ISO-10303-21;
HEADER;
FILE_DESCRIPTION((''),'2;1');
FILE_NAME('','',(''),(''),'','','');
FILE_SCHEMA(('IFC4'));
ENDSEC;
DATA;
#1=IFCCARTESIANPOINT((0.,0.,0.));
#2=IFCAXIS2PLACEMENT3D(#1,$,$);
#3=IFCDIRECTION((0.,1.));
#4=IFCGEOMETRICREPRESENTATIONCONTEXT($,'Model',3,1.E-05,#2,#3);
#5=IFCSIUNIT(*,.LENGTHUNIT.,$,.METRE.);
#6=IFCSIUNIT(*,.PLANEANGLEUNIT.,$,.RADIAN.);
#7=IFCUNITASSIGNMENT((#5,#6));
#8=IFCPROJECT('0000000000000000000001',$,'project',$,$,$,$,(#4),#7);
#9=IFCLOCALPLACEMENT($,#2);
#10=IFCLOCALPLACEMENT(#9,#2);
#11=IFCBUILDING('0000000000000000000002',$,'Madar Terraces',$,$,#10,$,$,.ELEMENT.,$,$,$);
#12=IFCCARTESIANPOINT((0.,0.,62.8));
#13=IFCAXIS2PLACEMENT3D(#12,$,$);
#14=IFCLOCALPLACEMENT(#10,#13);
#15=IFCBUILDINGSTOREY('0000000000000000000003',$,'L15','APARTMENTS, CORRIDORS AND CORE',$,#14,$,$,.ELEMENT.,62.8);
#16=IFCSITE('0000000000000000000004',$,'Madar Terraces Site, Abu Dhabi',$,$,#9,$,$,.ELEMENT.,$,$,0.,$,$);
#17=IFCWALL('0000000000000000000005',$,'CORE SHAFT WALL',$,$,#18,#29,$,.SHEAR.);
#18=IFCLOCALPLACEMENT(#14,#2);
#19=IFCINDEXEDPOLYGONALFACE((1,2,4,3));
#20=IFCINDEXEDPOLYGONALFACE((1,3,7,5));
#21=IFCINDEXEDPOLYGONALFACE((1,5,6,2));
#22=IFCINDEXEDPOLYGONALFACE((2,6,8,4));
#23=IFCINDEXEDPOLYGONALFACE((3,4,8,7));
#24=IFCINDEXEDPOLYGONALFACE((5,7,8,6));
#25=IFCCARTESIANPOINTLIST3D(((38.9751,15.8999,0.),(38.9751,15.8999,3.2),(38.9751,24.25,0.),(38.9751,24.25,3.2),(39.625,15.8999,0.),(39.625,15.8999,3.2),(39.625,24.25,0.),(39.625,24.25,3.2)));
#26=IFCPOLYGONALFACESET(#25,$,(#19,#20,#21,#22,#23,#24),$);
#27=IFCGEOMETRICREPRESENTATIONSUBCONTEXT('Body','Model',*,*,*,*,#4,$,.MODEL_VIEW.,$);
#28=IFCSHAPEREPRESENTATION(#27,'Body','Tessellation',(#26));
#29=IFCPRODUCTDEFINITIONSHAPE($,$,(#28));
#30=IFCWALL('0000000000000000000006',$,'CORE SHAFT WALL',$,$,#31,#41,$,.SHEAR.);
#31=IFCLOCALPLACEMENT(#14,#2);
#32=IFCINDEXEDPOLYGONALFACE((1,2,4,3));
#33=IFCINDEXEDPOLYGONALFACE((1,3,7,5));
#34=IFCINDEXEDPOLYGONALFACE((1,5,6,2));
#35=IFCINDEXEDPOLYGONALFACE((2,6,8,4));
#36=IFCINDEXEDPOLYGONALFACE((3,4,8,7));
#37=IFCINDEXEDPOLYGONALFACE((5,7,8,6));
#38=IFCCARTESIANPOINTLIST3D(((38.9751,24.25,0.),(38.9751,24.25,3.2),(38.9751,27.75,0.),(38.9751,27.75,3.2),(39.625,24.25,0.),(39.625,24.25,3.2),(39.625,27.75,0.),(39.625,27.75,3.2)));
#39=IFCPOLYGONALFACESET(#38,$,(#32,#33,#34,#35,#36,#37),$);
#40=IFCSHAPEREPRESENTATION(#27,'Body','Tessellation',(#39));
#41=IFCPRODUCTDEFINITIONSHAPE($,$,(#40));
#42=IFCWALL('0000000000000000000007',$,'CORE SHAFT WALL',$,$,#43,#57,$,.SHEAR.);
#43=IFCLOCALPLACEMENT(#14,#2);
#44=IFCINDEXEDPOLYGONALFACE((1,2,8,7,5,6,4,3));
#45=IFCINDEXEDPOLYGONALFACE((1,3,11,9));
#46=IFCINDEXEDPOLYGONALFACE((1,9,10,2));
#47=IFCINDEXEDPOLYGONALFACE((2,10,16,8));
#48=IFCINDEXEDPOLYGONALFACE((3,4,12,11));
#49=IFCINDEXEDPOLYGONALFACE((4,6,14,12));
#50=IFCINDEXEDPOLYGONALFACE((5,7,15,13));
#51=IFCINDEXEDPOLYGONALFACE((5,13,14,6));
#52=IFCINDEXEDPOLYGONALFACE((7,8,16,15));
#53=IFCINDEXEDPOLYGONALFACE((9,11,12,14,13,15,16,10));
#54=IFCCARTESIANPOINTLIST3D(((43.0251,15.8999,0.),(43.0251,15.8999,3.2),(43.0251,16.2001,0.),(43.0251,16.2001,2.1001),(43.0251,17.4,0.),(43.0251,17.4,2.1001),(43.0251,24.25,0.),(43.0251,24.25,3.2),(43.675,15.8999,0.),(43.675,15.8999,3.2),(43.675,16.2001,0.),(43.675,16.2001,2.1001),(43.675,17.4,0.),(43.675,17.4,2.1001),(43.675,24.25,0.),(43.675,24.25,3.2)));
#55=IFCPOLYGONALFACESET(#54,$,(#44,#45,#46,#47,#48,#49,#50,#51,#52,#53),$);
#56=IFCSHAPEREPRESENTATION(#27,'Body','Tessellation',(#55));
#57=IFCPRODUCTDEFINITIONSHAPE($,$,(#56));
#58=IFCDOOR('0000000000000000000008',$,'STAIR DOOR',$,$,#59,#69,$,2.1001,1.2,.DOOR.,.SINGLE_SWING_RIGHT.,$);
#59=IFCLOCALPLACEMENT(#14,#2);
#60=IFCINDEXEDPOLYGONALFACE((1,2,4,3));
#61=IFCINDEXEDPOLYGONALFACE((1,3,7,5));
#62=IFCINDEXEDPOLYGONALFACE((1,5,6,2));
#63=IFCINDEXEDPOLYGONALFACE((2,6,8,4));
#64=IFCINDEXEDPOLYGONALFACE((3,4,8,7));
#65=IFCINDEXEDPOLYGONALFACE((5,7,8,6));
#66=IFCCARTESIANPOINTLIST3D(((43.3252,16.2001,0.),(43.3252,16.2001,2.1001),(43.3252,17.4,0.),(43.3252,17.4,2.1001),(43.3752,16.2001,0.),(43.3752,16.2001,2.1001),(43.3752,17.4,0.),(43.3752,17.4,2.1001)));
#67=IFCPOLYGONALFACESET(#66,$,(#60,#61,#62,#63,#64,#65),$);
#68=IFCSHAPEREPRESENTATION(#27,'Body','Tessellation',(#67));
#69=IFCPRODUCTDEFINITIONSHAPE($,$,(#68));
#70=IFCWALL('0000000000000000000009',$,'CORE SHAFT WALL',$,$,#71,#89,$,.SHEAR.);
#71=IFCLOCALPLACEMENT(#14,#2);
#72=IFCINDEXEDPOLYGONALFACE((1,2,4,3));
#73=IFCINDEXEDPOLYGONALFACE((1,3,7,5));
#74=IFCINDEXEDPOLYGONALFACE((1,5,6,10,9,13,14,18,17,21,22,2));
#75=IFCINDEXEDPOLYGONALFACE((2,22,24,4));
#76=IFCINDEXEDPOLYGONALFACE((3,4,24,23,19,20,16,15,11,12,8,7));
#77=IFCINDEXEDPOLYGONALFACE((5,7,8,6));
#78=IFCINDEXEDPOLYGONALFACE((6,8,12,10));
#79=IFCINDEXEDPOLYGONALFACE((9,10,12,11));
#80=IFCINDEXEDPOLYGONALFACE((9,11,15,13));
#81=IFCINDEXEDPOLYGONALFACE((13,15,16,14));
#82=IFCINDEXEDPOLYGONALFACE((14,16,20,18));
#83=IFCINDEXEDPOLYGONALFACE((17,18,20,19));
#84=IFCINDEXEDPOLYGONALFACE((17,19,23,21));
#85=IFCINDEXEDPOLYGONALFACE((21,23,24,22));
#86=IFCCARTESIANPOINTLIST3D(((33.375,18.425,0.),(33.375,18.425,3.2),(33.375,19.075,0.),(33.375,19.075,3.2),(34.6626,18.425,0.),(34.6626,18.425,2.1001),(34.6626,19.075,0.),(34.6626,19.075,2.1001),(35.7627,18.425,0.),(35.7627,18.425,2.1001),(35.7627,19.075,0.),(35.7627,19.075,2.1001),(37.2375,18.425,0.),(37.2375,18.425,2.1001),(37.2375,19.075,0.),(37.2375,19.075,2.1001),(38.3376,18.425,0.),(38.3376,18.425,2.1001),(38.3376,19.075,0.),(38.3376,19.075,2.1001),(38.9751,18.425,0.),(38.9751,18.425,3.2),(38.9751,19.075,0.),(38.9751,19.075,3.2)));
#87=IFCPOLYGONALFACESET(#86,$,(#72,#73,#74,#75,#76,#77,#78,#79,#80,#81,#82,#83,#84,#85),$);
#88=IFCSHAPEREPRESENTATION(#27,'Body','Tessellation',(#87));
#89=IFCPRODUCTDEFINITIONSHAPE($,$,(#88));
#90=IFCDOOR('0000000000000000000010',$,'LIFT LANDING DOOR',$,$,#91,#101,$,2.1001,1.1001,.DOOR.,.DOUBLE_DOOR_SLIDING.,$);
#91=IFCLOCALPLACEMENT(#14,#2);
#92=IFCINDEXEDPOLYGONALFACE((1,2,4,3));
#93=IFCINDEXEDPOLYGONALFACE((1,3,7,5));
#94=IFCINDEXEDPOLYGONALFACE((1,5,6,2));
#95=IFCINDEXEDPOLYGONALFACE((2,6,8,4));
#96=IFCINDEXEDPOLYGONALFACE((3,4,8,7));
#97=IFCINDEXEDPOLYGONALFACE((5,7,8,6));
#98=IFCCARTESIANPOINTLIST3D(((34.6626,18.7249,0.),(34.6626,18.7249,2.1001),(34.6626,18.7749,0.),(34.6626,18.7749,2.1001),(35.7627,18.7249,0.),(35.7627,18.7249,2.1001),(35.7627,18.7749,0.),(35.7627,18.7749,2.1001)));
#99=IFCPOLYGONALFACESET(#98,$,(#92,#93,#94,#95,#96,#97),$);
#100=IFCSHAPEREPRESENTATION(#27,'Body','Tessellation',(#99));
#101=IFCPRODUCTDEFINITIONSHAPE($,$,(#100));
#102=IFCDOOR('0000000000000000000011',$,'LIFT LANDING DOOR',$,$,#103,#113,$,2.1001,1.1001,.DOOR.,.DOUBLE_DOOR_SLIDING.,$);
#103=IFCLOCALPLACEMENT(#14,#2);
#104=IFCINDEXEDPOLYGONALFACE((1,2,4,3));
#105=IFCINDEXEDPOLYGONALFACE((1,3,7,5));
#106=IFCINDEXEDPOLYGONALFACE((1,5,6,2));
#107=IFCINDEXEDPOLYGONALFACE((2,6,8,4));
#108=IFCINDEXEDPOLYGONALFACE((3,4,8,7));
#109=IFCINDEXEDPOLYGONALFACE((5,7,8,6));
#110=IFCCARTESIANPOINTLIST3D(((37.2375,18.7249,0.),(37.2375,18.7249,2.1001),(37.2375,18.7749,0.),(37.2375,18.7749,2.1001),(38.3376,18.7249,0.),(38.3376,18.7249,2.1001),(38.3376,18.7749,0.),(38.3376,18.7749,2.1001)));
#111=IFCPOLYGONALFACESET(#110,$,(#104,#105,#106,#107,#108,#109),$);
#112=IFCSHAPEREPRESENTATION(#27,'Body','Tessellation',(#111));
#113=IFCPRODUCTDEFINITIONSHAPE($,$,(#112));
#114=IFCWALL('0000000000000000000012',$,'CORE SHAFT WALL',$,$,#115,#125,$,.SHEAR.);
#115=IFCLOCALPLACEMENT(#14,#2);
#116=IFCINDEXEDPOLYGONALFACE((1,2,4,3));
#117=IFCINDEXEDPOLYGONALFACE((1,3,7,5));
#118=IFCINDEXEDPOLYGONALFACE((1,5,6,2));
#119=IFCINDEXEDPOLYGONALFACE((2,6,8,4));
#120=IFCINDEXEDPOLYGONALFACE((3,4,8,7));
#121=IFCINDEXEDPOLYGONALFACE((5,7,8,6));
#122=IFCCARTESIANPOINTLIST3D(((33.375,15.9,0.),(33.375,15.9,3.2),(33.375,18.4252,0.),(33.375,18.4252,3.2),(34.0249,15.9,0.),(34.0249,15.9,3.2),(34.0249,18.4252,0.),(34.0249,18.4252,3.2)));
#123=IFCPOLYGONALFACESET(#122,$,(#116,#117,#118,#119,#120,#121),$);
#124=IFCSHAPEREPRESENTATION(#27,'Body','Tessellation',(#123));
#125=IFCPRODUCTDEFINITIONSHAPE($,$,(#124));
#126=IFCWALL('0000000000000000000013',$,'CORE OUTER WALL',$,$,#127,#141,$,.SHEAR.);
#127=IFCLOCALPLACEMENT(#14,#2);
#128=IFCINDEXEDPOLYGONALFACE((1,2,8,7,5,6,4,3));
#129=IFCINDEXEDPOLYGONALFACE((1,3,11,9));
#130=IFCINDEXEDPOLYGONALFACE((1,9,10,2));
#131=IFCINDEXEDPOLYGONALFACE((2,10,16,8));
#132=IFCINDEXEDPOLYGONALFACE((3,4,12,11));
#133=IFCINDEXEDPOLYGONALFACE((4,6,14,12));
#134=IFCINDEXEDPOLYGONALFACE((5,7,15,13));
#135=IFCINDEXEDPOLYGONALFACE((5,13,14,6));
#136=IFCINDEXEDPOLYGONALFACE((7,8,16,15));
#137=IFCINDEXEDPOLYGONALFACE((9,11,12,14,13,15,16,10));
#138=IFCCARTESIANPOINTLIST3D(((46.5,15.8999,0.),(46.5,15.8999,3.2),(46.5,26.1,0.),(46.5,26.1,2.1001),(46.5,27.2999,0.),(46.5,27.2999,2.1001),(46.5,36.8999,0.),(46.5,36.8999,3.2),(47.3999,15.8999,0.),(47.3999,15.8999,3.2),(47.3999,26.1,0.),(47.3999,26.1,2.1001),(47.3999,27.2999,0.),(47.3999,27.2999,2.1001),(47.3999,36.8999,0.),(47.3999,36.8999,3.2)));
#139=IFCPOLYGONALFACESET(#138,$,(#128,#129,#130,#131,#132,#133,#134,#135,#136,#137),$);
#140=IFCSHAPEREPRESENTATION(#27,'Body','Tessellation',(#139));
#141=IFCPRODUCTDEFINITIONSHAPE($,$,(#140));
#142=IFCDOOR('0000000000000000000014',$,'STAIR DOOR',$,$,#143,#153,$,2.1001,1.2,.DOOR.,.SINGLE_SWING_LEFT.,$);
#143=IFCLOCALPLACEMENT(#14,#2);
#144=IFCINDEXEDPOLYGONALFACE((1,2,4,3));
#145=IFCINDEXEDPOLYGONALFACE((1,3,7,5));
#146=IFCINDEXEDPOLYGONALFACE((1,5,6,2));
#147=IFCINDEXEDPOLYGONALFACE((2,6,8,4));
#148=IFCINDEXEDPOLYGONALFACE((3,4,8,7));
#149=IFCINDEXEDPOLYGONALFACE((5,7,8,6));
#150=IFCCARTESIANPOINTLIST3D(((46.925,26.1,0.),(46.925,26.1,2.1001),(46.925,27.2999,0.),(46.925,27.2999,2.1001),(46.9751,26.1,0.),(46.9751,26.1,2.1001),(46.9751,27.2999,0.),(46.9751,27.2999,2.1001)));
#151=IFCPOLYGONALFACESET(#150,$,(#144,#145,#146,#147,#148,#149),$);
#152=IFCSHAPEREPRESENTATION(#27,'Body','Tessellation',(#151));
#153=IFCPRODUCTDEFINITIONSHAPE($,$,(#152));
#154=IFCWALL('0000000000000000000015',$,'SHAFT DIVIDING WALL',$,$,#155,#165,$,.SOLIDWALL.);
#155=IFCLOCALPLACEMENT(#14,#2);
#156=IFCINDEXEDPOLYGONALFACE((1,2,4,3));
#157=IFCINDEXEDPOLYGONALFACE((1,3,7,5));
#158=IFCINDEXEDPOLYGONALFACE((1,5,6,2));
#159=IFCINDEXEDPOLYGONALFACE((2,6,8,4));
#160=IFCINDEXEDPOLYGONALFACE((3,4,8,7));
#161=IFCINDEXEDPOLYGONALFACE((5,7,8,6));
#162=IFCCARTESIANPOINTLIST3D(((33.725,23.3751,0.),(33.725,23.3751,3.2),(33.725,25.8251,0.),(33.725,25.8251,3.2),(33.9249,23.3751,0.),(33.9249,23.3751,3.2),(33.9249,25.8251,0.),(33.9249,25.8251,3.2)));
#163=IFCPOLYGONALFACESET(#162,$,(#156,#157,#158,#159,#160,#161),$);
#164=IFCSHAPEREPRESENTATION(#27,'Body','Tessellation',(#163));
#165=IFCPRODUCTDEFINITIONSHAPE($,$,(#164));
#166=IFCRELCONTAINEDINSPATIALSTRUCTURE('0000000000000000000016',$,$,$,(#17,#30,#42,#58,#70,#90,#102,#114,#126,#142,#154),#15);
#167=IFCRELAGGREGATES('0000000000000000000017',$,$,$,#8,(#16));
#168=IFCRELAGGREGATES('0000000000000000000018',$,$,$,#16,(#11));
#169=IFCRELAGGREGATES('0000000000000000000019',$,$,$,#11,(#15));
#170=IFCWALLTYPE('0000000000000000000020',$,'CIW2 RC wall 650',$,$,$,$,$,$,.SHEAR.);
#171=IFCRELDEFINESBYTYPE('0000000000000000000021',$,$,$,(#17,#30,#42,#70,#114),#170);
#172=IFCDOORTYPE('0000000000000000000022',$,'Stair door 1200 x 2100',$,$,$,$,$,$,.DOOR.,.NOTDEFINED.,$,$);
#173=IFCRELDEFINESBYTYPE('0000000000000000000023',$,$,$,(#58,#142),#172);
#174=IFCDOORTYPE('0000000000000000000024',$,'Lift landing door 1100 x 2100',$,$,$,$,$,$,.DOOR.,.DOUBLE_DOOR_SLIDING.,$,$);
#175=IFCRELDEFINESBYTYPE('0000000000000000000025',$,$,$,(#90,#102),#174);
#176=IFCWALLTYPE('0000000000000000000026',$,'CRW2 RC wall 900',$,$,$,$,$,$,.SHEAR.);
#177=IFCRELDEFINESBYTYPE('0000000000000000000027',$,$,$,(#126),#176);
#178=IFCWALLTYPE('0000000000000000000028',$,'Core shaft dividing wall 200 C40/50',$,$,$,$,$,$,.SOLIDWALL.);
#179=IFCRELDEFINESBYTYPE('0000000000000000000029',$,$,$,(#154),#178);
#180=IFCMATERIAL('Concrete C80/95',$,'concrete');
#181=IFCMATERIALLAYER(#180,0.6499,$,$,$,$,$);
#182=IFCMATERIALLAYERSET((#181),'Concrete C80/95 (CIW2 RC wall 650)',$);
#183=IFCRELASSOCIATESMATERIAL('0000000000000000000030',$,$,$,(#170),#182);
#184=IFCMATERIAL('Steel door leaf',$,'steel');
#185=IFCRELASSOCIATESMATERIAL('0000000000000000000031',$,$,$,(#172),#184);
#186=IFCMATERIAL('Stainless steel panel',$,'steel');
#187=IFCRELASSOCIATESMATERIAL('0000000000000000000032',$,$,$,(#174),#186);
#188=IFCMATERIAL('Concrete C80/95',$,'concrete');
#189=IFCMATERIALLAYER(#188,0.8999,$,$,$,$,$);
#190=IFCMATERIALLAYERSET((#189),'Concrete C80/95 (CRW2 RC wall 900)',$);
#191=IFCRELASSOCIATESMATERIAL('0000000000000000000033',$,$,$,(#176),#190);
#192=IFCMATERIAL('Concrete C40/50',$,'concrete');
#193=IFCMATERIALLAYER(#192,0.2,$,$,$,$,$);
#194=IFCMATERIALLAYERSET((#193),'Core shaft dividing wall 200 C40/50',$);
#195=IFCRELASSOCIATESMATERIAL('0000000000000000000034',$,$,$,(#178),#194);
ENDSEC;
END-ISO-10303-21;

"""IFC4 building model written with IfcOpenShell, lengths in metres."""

from ifc_helpers import new_model, si_unit, direction, frame, frame_2d, origin, place, context, subcontext, project, spatial, rectangle, extrude, material, layer, layer_set, type_object, element, fill, save


model = new_model("IFC4")

# Units and contexts
model_context = context("Model", 3, precision=1e-05, world=origin(), true_north=direction((0.0, 1.0)))
body_context = subcontext(model_context, "Body", "Model", "MODEL_VIEW")
ifc_project = project(units=[si_unit("LENGTHUNIT", "METRE"), si_unit("PLANEANGLEUNIT", "RADIAN")], contexts=[model_context])

# Site, building, storey
site_placement = place(None, origin())
site = spatial("IfcSite", under=ifc_project, at=site_placement, Name="Madar Terraces Site, Abu Dhabi", CompositionType="ELEMENT", RefElevation=0.0)
building_placement = place(site_placement, origin())
building = spatial("IfcBuilding", under=site, at=building_placement, Name="Madar Terraces", CompositionType="ELEMENT")
storey_placement = place(building_placement, frame((0.0, 0.0, 62.8)))
storey = spatial("IfcBuildingStorey", under=building, at=storey_placement, Name="L15", Description="APARTMENTS, CORRIDORS AND CORE", CompositionType="ELEMENT", Elevation=62.8)

# Walls
ifc_material_1 = material(Name="Concrete C80/95", Category="concrete")
ifc_layer_1 = layer(ifc_material_1, 0.6499)
ifc_layer_set_1 = layer_set([ifc_layer_1], Name="Concrete C80/95 (CIW2 RC wall 650)")
wall_type_1 = type_object("IfcWallType", Name="CIW2 RC wall 650", PredefinedType="SHEAR", material=ifc_layer_set_1)
wall_1_placement = place(storey_placement, frame((39.3, 15.8999, 0.0), z_axis=(0.0, 0.0, 1.0), x_axis=(0.0, 1.0, 0.0)))
element("IfcWall", 1, at=wall_1_placement, inside=storey, type_object=wall_type_1, Name="CORE SHAFT WALL", PredefinedType="SHEAR", context=body_context, shape_type="SweptSolid", body=[
    extrude(rectangle(XDim=8.3501, YDim=0.6499, at=frame_2d((4.175, 0.0))), origin(), (0.0, 0.0, 1.0), 3.2),
])
wall_2_placement = place(storey_placement, frame((39.3, 24.25, 0.0), z_axis=(0.0, 0.0, 1.0), x_axis=(0.0, 1.0, 0.0)))
element("IfcWall", 2, at=wall_2_placement, inside=storey, type_object=wall_type_1, Name="CORE SHAFT WALL", PredefinedType="SHEAR", context=body_context, shape_type="SweptSolid", body=[
    extrude(rectangle(XDim=3.5, YDim=0.6499, at=frame_2d((1.75, 0.0))), origin(), (0.0, 0.0, 1.0), 3.2),
])

# Wall, opening, door
wall_3_placement = place(storey_placement, frame((43.3501, 15.8999, 0.0), z_axis=(0.0, 0.0, 1.0), x_axis=(0.0, 1.0, 0.0)))
wall_3 = element("IfcWall", 3, at=wall_3_placement, inside=storey, type_object=wall_type_1, Name="CORE SHAFT WALL", PredefinedType="SHEAR", context=body_context, shape_type="SweptSolid", body=[
    extrude(rectangle(XDim=8.3501, YDim=0.6499, at=frame_2d((4.175, 0.0))), origin(), (0.0, 0.0, 1.0), 3.2),
])
opening_1_placement = place(wall_3_placement, frame((0.3, 0.0, 0.0)))
opening_1 = element("IfcOpeningElement", 4, at=opening_1_placement, cuts=wall_3, PredefinedType="OPENING", context=body_context, shape_type="SweptSolid", body=[
    extrude(rectangle(XDim=1.2, YDim=2.1001, at=frame_2d((0.6001, 1.05))), frame((0.0, 0.335, 0.0), z_axis=(0.0, -1.0, 0.0), x_axis=(1.0, 0.0, 0.0)), (0.0, 0.0, 1.0), 0.6699),
])
ifc_material_2 = material(Name="Steel door leaf", Category="steel")
door_type_1 = type_object("IfcDoorType", Name="Stair door 1200 x 2100", OperationType="NOTDEFINED", PredefinedType="DOOR", material=ifc_material_2)
door_1_placement = place(opening_1_placement, origin())
door_1 = element("IfcDoor", 5, at=door_1_placement, inside=storey, type_object=door_type_1, Name="STAIR DOOR", OperationType="SINGLE_SWING_RIGHT", OverallHeight=2.1001, OverallWidth=1.2, PredefinedType="DOOR", context=body_context, shape_type="SweptSolid", body=[
    extrude(rectangle(XDim=1.2, YDim=2.1001, at=frame_2d((0.6001, 1.05))), frame((0.0, 0.0249, 0.0), z_axis=(0.0, -1.0, 0.0), x_axis=(1.0, 0.0, 0.0)), (0.0, 0.0, 1.0), 0.05),
])
fill(opening_1, door_1)

# Wall, openings, doors
wall_4_placement = place(storey_placement, frame((33.375, 18.75, 0.0), z_axis=(0.0, 0.0, 1.0), x_axis=(1.0, 0.0, 0.0)))
wall_4 = element("IfcWall", 6, at=wall_4_placement, inside=storey, type_object=wall_type_1, Name="CORE SHAFT WALL", PredefinedType="SHEAR", context=body_context, shape_type="SweptSolid", body=[
    extrude(rectangle(XDim=5.6001, YDim=0.6499, at=frame_2d((2.8, 0.0))), origin(), (0.0, 0.0, 1.0), 3.2),
])
opening_2_placement = place(wall_4_placement, frame((1.2876, 0.0, 0.0)))
opening_2 = element("IfcOpeningElement", 7, at=opening_2_placement, cuts=wall_4, PredefinedType="OPENING", context=body_context, shape_type="SweptSolid", body=[
    extrude(rectangle(XDim=1.1001, YDim=2.1001, at=frame_2d((0.55, 1.05))), frame((0.0, 0.335, 0.0), z_axis=(0.0, -1.0, 0.0), x_axis=(1.0, 0.0, 0.0)), (0.0, 0.0, 1.0), 0.6699),
])
opening_3_placement = place(wall_4_placement, frame((3.8625, 0.0, 0.0)))
opening_3 = element("IfcOpeningElement", 8, at=opening_3_placement, cuts=wall_4, PredefinedType="OPENING", context=body_context, shape_type="SweptSolid", body=[
    extrude(rectangle(XDim=1.1001, YDim=2.1001, at=frame_2d((0.55, 1.05))), frame((0.0, 0.335, 0.0), z_axis=(0.0, -1.0, 0.0), x_axis=(1.0, 0.0, 0.0)), (0.0, 0.0, 1.0), 0.6699),
])
ifc_material_3 = material(Name="Stainless steel panel", Category="steel")
door_type_2 = type_object("IfcDoorType", Name="Lift landing door 1100 x 2100", OperationType="DOUBLE_DOOR_SLIDING", PredefinedType="DOOR", material=ifc_material_3)
door_2_placement = place(opening_2_placement, origin())
door_2 = element("IfcDoor", 9, at=door_2_placement, inside=storey, type_object=door_type_2, Name="LIFT LANDING DOOR", OperationType="DOUBLE_DOOR_SLIDING", OverallHeight=2.1001, OverallWidth=1.1001, PredefinedType="DOOR", context=body_context, shape_type="SweptSolid", body=[
    extrude(rectangle(XDim=1.1001, YDim=2.1001, at=frame_2d((0.55, 1.05))), frame((0.0, 0.0249, 0.0), z_axis=(0.0, -1.0, 0.0), x_axis=(1.0, 0.0, 0.0)), (0.0, 0.0, 1.0), 0.05),
])
fill(opening_2, door_2)
door_3_placement = place(opening_3_placement, origin())
door_3 = element("IfcDoor", 10, at=door_3_placement, inside=storey, type_object=door_type_2, Name="LIFT LANDING DOOR", OperationType="DOUBLE_DOOR_SLIDING", OverallHeight=2.1001, OverallWidth=1.1001, PredefinedType="DOOR", context=body_context, shape_type="SweptSolid", body=[
    extrude(rectangle(XDim=1.1001, YDim=2.1001, at=frame_2d((0.55, 1.05))), frame((0.0, 0.0249, 0.0), z_axis=(0.0, -1.0, 0.0), x_axis=(1.0, 0.0, 0.0)), (0.0, 0.0, 1.0), 0.05),
])
fill(opening_3, door_3)

# Wall
wall_5_placement = place(storey_placement, frame((33.7, 15.8999, 0.0), z_axis=(0.0, 0.0, 1.0), x_axis=(0.0, 1.0, 0.0)))
element("IfcWall", 11, at=wall_5_placement, inside=storey, type_object=wall_type_1, Name="CORE SHAFT WALL", PredefinedType="SHEAR", context=body_context, shape_type="SweptSolid", body=[
    extrude(rectangle(XDim=2.5251, YDim=0.6499, at=frame_2d((1.2627, 0.0))), origin(), (0.0, 0.0, 1.0), 3.2),
])

# Wall, opening, door
ifc_material_4 = material(Name="Concrete C80/95", Category="concrete")
ifc_layer_2 = layer(ifc_material_4, 0.8999)
ifc_layer_set_2 = layer_set([ifc_layer_2], Name="Concrete C80/95 (CRW2 RC wall 900)")
wall_type_2 = type_object("IfcWallType", Name="CRW2 RC wall 900", PredefinedType="SHEAR", material=ifc_layer_set_2)
wall_6_placement = place(storey_placement, frame((46.95, 15.8999, 0.0), z_axis=(0.0, 0.0, 1.0), x_axis=(0.0, 1.0, 0.0)))
wall_6 = element("IfcWall", 12, at=wall_6_placement, inside=storey, type_object=wall_type_2, Name="CORE OUTER WALL", PredefinedType="SHEAR", context=body_context, shape_type="SweptSolid", body=[
    extrude(rectangle(XDim=21.0, YDim=0.8999, at=frame_2d((10.5, 0.0))), origin(), (0.0, 0.0, 1.0), 3.2),
])
opening_4_placement = place(wall_6_placement, frame((10.2, 0.0, 0.0)))
opening_4 = element("IfcOpeningElement", 13, at=opening_4_placement, cuts=wall_6, PredefinedType="OPENING", context=body_context, shape_type="SweptSolid", body=[
    extrude(rectangle(XDim=1.2, YDim=2.1001, at=frame_2d((0.6001, 1.05))), frame((0.0, 0.46, 0.0), z_axis=(0.0, -1.0, 0.0), x_axis=(1.0, 0.0, 0.0)), (0.0, 0.0, 1.0), 0.9199),
])
door_4_placement = place(opening_4_placement, origin())
door_4 = element("IfcDoor", 14, at=door_4_placement, inside=storey, type_object=door_type_1, Name="STAIR DOOR", OperationType="SINGLE_SWING_LEFT", OverallHeight=2.1001, OverallWidth=1.2, PredefinedType="DOOR", context=body_context, shape_type="SweptSolid", body=[
    extrude(rectangle(XDim=1.2, YDim=2.1001, at=frame_2d((0.6001, 1.05))), frame((0.0, 0.0249, 0.0), z_axis=(0.0, -1.0, 0.0), x_axis=(1.0, 0.0, 0.0)), (0.0, 0.0, 1.0), 0.05),
])
fill(opening_4, door_4)

# Wall
ifc_material_5 = material(Name="Concrete C40/50", Category="concrete")
ifc_layer_3 = layer(ifc_material_5, 0.2)
ifc_layer_set_3 = layer_set([ifc_layer_3], Name="Core shaft dividing wall 200 C40/50")
wall_type_3 = type_object("IfcWallType", Name="Core shaft dividing wall 200 C40/50", PredefinedType="SOLIDWALL", material=ifc_layer_set_3)
wall_7_placement = place(storey_placement, frame((33.825, 23.375, 0.0), z_axis=(0.0, 0.0, 1.0), x_axis=(0.0, 1.0, 0.0)))
element("IfcWall", 15, at=wall_7_placement, inside=storey, type_object=wall_type_3, Name="SHAFT DIVIDING WALL", PredefinedType="SOLIDWALL", context=body_context, shape_type="SweptSolid", body=[
    extrude(rectangle(XDim=2.45, YDim=0.2, at=frame_2d((1.2251, 0.0))), origin(), (0.0, 0.0, 1.0), 3.2),
])

save(model, "model.ifc")
